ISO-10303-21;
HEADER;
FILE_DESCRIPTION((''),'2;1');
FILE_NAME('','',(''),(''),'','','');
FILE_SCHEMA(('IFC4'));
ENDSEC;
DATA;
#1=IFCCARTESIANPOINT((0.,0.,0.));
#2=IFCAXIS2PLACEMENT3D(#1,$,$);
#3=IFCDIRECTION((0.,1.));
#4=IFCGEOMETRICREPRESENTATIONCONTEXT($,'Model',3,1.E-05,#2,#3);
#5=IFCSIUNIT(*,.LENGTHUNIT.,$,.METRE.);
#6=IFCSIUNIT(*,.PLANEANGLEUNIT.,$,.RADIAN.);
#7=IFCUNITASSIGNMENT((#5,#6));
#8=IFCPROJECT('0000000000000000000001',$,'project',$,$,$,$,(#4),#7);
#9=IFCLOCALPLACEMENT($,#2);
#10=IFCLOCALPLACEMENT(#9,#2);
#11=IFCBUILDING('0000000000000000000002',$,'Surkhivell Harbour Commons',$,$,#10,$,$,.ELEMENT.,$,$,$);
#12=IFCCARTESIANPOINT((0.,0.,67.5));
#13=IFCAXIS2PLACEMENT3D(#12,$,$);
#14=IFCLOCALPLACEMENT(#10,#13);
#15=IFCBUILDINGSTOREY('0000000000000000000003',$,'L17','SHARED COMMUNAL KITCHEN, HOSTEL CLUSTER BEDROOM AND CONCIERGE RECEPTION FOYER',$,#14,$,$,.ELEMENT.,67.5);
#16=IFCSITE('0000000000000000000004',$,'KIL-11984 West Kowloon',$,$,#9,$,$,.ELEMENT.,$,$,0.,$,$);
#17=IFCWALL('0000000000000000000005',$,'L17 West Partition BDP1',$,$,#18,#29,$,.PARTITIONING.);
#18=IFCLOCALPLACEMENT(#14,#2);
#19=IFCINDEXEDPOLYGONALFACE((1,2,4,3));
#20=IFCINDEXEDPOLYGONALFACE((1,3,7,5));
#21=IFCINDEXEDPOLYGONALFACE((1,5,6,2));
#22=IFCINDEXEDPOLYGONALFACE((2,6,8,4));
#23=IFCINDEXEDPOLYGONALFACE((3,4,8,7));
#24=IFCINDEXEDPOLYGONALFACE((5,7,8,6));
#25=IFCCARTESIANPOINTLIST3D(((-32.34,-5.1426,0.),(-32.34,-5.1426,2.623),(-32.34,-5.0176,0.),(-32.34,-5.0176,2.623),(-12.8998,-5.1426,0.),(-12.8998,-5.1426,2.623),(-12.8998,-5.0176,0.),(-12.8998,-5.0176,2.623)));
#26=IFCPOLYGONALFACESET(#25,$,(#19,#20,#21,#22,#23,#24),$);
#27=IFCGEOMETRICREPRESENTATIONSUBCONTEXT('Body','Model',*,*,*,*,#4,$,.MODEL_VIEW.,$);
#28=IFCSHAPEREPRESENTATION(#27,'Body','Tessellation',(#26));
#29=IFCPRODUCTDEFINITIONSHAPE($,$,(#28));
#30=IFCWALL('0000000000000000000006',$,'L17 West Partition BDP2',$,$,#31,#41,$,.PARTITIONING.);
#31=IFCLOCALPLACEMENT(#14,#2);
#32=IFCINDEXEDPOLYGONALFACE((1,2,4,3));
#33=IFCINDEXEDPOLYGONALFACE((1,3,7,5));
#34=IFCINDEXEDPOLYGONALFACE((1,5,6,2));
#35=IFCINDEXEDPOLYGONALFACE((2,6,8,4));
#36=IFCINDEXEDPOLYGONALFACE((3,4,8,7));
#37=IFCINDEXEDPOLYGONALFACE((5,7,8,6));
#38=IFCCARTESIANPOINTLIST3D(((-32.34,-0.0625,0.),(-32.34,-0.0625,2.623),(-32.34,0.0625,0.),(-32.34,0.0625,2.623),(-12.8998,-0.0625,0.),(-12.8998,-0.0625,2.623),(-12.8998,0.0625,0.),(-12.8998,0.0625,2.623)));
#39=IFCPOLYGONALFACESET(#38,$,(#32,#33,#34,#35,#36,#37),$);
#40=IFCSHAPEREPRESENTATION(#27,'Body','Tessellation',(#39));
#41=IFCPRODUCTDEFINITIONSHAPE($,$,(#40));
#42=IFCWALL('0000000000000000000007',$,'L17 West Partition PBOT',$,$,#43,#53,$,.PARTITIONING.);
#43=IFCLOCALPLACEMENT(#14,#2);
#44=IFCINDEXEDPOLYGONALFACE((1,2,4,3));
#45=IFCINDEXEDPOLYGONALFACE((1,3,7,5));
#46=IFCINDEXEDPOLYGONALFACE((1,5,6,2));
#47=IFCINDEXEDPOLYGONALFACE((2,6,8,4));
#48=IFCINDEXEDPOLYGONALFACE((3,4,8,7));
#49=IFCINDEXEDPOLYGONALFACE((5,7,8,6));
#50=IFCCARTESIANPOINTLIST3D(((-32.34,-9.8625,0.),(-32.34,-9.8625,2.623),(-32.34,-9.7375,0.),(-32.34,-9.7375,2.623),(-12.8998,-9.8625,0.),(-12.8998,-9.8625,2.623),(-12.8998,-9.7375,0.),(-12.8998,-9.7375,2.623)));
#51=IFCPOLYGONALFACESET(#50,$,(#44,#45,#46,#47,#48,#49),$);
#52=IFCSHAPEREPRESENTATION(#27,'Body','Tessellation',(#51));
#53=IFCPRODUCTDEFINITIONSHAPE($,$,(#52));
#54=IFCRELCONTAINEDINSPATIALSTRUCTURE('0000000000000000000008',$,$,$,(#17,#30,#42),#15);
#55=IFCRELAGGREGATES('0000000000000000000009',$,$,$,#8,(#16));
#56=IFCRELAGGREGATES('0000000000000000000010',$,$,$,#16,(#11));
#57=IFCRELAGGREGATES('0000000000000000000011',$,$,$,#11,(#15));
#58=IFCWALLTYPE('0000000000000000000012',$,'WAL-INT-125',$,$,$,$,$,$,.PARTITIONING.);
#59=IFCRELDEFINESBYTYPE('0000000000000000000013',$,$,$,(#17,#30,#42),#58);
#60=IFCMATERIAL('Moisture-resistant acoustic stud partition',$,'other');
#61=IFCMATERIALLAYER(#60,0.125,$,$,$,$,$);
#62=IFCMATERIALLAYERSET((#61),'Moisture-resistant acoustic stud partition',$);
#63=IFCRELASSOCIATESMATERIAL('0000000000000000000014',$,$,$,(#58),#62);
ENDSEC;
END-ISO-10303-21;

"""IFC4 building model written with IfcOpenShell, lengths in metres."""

from ifc_helpers import new_model, si_unit, direction, frame, frame_2d, origin, place, context, subcontext, project, spatial, rectangle, extrude, material, layer, layer_set, type_object, element, save


model = new_model("IFC4")

# Units and contexts
model_context = context("Model", 3, precision=1e-05, world=origin(), true_north=direction((0.0, 1.0)))
body_context = subcontext(model_context, "Body", "Model", "MODEL_VIEW")
ifc_project = project(units=[si_unit("LENGTHUNIT", "METRE"), si_unit("PLANEANGLEUNIT", "RADIAN")], contexts=[model_context])

# Site, building, storey
site_placement = place(None, origin())
site = spatial("IfcSite", under=ifc_project, at=site_placement, Name="KIL-11984 West Kowloon", CompositionType="ELEMENT", RefElevation=0.0)
building_placement = place(site_placement, origin())
building = spatial("IfcBuilding", under=site, at=building_placement, Name="Surkhivell Harbour Commons", CompositionType="ELEMENT")
storey_placement = place(building_placement, frame((0.0, 0.0, 67.5)))
storey = spatial("IfcBuildingStorey", under=building, at=storey_placement, Name="L17", Description="SHARED COMMUNAL KITCHEN, HOSTEL CLUSTER BEDROOM AND CONCIERGE RECEPTION FOYER", CompositionType="ELEMENT", Elevation=67.5)

# Walls
ifc_material_1 = material(Name="Moisture-resistant acoustic stud partition", Category="other")
ifc_layer_1 = layer(ifc_material_1, 0.125)
ifc_layer_set_1 = layer_set([ifc_layer_1], Name="Moisture-resistant acoustic stud partition")
wall_type_1 = type_object("IfcWallType", Name="WAL-INT-125", PredefinedType="PARTITIONING", material=ifc_layer_set_1)
for number, where, z_axis, x_axis, name in (
    (1, (-32.3401, -5.0801, 0.0), (0.0, 0.0, 1.0), (1.0, 0.0, 0.0), "L17 West Partition BDP1"),
    (2, (-32.3401, 0.0, 0.0), (0.0, 0.0, 1.0), (1.0, 0.0, 0.0), "L17 West Partition BDP2"),
    (3, (-32.3401, -9.8, 0.0), (0.0, 0.0, 1.0), (1.0, 0.0, 0.0), "L17 West Partition PBOT"),
):
    element("IfcWall", number, at=place(storey_placement, frame(where, z_axis=z_axis, x_axis=x_axis)), inside=storey, type_object=wall_type_1, Name=name, PredefinedType="PARTITIONING", context=body_context, shape_type="SweptSolid", body=[
        extrude(rectangle(XDim=19.4402, YDim=0.125, at=frame_2d((9.7202, 0.0))), origin(), (0.0, 0.0, 1.0), 2.623),
    ])

save(model, "model.ifc")
